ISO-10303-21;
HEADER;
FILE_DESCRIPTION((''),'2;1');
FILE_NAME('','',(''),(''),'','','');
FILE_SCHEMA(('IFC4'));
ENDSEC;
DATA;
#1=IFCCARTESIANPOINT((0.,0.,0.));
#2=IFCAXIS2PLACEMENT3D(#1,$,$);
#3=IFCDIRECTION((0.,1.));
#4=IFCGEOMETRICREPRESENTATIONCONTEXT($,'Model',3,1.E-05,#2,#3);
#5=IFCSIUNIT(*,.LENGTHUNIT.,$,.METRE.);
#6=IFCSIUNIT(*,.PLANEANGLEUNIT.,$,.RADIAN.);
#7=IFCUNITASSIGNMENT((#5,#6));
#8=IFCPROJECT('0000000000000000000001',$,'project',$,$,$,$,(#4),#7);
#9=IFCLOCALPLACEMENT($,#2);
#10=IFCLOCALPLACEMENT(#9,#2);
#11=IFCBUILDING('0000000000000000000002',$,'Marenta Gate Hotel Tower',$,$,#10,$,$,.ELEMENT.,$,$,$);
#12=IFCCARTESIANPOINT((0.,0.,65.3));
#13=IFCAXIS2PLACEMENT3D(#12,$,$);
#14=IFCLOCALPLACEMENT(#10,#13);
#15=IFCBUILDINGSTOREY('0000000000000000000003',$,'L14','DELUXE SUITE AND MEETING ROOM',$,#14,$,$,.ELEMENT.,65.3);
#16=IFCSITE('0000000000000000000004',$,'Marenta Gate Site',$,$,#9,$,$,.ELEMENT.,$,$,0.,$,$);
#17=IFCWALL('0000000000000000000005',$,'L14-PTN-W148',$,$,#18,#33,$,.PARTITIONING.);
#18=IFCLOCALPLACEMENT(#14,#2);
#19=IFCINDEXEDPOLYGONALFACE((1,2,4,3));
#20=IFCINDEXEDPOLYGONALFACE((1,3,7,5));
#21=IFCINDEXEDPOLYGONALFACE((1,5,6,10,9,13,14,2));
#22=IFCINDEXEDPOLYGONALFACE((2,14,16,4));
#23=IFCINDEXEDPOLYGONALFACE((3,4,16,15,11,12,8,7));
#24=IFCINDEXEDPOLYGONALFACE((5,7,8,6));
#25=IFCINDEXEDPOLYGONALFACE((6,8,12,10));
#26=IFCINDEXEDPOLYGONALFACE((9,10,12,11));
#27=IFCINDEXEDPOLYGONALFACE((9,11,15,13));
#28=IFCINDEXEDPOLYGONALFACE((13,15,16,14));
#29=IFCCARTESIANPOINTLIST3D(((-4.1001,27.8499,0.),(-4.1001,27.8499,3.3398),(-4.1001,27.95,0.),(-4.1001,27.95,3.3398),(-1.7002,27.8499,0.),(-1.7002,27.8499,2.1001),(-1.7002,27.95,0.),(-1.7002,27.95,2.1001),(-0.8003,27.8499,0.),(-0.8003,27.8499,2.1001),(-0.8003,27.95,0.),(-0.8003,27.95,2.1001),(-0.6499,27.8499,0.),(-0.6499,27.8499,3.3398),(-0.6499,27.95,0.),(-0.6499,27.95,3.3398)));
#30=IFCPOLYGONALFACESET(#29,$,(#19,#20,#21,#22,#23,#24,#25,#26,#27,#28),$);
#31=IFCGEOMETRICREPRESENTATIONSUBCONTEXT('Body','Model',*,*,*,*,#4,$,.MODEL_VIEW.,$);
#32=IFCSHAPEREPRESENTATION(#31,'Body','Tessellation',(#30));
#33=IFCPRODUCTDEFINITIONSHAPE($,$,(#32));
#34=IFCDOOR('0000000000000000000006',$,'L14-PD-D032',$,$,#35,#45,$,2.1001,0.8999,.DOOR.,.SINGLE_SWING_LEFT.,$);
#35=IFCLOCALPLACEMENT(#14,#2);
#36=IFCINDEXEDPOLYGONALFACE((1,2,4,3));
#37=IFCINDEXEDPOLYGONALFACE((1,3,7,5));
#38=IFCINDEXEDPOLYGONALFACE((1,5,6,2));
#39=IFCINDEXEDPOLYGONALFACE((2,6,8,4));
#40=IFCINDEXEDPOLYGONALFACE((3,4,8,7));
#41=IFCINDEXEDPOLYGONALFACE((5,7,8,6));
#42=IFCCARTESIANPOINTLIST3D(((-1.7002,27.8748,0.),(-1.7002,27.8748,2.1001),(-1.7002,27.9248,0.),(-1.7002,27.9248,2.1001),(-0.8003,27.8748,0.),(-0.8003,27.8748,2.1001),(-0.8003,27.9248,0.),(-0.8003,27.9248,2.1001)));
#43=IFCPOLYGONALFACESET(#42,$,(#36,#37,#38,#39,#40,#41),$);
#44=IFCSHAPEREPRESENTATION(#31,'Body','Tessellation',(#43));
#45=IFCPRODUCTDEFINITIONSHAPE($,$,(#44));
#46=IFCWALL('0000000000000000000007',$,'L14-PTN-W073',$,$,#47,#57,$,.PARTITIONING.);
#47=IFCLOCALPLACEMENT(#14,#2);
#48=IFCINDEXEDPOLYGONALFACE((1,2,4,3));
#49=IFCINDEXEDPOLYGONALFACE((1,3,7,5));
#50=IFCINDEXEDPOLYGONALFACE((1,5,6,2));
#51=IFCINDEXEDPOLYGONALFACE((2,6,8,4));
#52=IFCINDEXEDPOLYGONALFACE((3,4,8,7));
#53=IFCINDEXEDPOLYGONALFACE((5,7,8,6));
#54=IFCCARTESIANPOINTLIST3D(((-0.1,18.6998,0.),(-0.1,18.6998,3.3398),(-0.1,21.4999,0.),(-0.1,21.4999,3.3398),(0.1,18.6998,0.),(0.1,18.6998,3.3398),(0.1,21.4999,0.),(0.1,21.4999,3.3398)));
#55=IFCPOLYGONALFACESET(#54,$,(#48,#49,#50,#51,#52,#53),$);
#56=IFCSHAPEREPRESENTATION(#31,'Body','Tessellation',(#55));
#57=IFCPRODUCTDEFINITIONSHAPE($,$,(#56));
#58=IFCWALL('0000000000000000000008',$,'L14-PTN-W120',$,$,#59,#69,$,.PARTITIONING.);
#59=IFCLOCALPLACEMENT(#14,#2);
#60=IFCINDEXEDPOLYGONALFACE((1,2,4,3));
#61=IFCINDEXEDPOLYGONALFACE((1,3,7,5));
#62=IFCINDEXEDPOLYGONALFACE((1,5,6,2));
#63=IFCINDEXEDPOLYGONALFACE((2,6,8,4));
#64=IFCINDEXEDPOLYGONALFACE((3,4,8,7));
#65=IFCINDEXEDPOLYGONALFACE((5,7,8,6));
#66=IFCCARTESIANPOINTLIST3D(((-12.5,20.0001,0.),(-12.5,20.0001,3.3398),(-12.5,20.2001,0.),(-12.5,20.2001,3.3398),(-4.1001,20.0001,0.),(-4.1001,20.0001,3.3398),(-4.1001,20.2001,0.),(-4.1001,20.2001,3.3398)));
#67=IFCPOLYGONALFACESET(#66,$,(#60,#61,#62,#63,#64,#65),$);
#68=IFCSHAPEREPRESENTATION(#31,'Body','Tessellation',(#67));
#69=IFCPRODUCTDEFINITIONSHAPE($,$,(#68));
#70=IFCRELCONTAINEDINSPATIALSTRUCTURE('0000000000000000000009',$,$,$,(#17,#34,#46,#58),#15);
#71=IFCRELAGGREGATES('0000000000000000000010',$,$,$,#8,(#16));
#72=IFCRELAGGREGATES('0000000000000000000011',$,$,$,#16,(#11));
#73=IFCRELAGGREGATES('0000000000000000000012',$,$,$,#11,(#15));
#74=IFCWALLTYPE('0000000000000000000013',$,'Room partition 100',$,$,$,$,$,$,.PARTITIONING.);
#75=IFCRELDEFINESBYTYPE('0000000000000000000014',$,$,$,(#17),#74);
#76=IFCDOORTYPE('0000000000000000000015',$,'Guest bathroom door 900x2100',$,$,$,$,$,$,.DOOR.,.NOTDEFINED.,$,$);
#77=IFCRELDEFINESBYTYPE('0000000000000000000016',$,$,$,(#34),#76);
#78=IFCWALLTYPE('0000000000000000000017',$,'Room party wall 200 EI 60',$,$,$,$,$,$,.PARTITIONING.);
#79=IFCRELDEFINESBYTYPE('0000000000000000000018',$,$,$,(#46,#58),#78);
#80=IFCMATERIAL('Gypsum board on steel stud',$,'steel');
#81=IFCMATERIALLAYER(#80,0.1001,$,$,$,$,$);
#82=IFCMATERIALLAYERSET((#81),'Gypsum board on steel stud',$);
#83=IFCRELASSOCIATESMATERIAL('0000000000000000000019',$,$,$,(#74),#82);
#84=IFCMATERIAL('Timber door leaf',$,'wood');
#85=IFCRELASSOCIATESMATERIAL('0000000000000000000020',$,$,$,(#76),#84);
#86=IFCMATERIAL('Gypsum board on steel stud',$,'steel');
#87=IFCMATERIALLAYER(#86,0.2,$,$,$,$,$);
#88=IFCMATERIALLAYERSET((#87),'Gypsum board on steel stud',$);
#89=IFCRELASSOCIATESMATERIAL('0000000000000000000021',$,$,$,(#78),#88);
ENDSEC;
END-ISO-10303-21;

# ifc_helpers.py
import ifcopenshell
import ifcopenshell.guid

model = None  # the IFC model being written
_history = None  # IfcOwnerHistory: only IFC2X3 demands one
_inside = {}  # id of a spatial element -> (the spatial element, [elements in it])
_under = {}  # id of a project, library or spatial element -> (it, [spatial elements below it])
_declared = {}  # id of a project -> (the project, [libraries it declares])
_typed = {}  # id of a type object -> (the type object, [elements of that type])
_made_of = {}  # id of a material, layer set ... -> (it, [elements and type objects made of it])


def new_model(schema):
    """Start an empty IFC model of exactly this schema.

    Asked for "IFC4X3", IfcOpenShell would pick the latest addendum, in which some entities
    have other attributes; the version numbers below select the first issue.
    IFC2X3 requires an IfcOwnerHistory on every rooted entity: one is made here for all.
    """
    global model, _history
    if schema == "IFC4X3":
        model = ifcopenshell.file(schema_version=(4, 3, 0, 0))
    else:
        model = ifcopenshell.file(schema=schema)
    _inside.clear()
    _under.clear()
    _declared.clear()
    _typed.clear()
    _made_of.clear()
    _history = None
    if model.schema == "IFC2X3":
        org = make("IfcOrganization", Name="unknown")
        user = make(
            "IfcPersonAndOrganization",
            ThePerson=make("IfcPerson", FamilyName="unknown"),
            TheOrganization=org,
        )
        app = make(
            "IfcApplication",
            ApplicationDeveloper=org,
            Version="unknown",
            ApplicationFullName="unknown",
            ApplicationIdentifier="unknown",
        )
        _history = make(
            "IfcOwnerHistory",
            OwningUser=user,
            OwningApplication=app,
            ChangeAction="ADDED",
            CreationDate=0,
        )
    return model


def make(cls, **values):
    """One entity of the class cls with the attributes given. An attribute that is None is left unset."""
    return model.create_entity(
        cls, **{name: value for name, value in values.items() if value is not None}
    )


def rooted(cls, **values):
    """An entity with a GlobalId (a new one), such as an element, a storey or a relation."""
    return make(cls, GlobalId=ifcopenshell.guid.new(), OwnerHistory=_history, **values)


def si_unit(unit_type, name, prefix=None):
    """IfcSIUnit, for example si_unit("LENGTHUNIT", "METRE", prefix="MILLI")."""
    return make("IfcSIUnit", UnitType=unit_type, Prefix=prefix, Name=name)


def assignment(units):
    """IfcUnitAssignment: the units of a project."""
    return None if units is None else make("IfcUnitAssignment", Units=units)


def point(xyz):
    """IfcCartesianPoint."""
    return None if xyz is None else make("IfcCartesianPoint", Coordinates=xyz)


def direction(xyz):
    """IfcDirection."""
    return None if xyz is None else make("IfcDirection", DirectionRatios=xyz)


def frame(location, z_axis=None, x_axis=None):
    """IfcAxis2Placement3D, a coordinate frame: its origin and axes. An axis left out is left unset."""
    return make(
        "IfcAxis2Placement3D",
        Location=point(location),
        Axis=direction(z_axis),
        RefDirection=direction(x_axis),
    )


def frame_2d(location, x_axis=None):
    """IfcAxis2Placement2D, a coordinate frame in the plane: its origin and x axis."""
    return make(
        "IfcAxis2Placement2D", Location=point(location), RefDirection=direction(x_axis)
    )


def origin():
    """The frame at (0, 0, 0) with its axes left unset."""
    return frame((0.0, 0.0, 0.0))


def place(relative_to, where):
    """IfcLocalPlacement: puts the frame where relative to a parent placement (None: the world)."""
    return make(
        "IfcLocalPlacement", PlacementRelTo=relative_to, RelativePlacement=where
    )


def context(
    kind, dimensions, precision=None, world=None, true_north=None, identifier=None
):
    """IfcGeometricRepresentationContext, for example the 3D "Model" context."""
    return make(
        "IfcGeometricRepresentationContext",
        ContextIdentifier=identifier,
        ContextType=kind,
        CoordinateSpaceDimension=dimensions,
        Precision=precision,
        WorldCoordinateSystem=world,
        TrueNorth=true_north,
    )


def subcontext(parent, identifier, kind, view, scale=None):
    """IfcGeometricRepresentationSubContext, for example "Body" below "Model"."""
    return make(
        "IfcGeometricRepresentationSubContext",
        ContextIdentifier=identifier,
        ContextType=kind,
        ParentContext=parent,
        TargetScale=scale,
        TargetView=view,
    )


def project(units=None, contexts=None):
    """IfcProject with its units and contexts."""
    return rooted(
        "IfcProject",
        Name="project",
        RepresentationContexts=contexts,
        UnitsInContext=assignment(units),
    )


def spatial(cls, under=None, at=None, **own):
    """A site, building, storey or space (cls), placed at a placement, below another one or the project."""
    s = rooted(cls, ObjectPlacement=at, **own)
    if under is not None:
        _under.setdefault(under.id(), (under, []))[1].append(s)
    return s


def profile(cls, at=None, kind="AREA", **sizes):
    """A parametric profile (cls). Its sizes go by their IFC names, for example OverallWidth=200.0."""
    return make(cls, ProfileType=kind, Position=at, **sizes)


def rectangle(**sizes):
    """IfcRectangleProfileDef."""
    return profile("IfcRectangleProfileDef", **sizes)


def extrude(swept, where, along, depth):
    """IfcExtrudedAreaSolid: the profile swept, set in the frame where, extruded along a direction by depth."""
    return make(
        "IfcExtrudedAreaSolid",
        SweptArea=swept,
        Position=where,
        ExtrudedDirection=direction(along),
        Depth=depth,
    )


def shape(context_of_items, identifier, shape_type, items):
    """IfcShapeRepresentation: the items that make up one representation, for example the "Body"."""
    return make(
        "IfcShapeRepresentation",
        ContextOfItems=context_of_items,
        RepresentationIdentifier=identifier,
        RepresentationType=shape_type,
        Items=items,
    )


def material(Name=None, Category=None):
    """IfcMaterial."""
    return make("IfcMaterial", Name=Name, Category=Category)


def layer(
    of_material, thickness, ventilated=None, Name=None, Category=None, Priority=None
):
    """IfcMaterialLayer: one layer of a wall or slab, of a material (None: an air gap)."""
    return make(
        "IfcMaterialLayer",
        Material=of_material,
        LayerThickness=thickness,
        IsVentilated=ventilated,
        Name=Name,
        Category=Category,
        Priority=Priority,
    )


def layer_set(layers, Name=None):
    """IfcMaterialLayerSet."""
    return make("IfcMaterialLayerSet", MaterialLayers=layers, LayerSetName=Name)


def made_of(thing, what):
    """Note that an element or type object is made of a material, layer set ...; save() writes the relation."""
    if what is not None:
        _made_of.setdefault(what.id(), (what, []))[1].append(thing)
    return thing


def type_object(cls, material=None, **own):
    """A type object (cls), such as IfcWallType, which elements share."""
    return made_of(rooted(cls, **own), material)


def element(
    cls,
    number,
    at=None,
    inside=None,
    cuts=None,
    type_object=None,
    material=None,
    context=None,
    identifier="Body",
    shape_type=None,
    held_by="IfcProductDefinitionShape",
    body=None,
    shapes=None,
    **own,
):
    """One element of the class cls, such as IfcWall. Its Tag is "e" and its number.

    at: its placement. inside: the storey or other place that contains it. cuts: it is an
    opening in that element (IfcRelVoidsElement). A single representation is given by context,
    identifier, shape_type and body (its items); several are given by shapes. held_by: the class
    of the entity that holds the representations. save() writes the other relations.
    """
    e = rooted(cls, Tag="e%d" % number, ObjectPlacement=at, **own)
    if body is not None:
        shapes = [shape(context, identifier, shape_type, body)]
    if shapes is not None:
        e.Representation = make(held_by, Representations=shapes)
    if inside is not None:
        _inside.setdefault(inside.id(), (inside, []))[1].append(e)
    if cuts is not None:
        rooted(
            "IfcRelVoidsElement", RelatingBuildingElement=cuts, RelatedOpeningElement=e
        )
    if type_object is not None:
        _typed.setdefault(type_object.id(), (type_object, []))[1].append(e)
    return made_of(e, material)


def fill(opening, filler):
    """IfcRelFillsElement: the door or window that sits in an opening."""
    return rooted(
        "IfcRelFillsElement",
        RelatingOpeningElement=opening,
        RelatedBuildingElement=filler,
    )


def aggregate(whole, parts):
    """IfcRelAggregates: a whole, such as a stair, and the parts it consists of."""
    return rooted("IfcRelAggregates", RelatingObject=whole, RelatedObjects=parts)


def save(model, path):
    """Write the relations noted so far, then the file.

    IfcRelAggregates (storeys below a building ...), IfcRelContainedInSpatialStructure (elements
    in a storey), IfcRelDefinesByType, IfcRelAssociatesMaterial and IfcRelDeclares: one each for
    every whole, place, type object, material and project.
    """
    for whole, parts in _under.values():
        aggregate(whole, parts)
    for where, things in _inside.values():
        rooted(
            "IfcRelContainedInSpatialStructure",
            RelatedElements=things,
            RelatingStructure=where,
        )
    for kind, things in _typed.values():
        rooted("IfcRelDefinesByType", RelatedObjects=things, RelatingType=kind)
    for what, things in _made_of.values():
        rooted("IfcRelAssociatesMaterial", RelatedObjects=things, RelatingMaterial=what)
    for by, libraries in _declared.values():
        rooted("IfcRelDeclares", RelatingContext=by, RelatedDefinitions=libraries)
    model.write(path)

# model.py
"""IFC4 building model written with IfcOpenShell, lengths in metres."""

from ifc_helpers import new_model, si_unit, direction, frame, frame_2d, origin, place, context, subcontext, project, spatial, rectangle, extrude, material, layer, layer_set, type_object, element, fill, save


model = new_model("IFC4")

# Units and contexts
model_context = context("Model", 3, precision=1e-05, world=origin(), true_north=direction((0.0, 1.0)))
body_context = subcontext(model_context, "Body", "Model", "MODEL_VIEW")
ifc_project = project(units=[si_unit("LENGTHUNIT", "METRE"), si_unit("PLANEANGLEUNIT", "RADIAN")], contexts=[model_context])

# Site, building, storey
site_placement = place(None, origin())
site = spatial("IfcSite", under=ifc_project, at=site_placement, Name="Marenta Gate Site", CompositionType="ELEMENT", RefElevation=0.0)
building_placement = place(site_placement, origin())
building = spatial("IfcBuilding", under=site, at=building_placement, Name="Marenta Gate Hotel Tower", CompositionType="ELEMENT")
storey_placement = place(building_placement, frame((0.0, 0.0, 65.3)))
storey = spatial("IfcBuildingStorey", under=building, at=storey_placement, Name="L14", Description="DELUXE SUITE AND MEETING ROOM", CompositionType="ELEMENT", Elevation=65.3)

# Shared definitions
ifc_material_1 = material(Name="Gypsum board on steel stud", Category="steel")
ifc_layer_1 = layer(ifc_material_1, 0.1001)
ifc_layer_set_1 = layer_set([ifc_layer_1], Name="Gypsum board on steel stud")
wall_type_1 = type_object("IfcWallType", Name="Room partition 100", PredefinedType="PARTITIONING", material=ifc_layer_set_1)

# Shared definitions
ifc_material_2 = material(Name="Timber door leaf", Category="wood")
door_type_1 = type_object("IfcDoorType", Name="Guest bathroom door 900x2100", OperationType="NOTDEFINED", PredefinedType="DOOR", material=ifc_material_2)

# Wall, opening, door
wall_1_placement = place(storey_placement, frame((-4.1001, 27.8999, 0.0), z_axis=(0.0, 0.0, 1.0), x_axis=(1.0, 0.0, 0.0)))
wall_1 = element("IfcWall", 1, at=wall_1_placement, inside=storey, type_object=wall_type_1, Name="L14-PTN-W148", PredefinedType="PARTITIONING", context=body_context, shape_type="SweptSolid", body=[
    extrude(rectangle(XDim=3.4502, YDim=0.1001, at=frame_2d((1.7251, 0.0))), origin(), (0.0, 0.0, 1.0), 3.3398),
])
opening_1_placement = place(wall_1_placement, frame((2.3999, 0.0, 0.0)))
opening_1 = element("IfcOpeningElement", 2, at=opening_1_placement, cuts=wall_1, PredefinedType="OPENING", context=body_context, shape_type="SweptSolid", body=[
    extrude(rectangle(XDim=0.8999, YDim=2.1001, at=frame_2d((0.45, 1.05))), frame((0.0, 0.05, 0.0), z_axis=(0.0, -1.0, 0.0), x_axis=(1.0, 0.0, 0.0)), (0.0, 0.0, 1.0), 0.1001),
])
door_1_placement = place(opening_1_placement, origin())
door_1 = element("IfcDoor", 3, at=door_1_placement, inside=storey, type_object=door_type_1, Name="L14-PD-D032", OperationType="SINGLE_SWING_LEFT", OverallHeight=2.1001, OverallWidth=0.8999, PredefinedType="DOOR", context=body_context, shape_type="SweptSolid", body=[
    extrude(rectangle(XDim=0.8999, YDim=2.1001, at=frame_2d((0.45, 1.05))), frame((0.0, 0.0249, 0.0), z_axis=(0.0, -1.0, 0.0), x_axis=(1.0, 0.0, 0.0)), (0.0, 0.0, 1.0), 0.05),
])
fill(opening_1, door_1)

# Walls
ifc_material_3 = material(Name="Gypsum board on steel stud", Category="steel")
ifc_layer_2 = layer(ifc_material_3, 0.2)
ifc_layer_set_2 = layer_set([ifc_layer_2], Name="Gypsum board on steel stud")
wall_type_2 = type_object("IfcWallType", Name="Room party wall 200 EI 60", PredefinedType="PARTITIONING", material=ifc_layer_set_2)
wall_2_placement = place(storey_placement, frame((0.0, 18.7, 0.0), z_axis=(0.0, 0.0, 1.0), x_axis=(0.0, 1.0, 0.0)))
element("IfcWall", 4, at=wall_2_placement, inside=storey, type_object=wall_type_2, Name="L14-PTN-W073", PredefinedType="PARTITIONING", context=body_context, shape_type="SweptSolid", body=[
    extrude(rectangle(XDim=2.8, YDim=0.2, at=frame_2d((1.3999, 0.0))), origin(), (0.0, 0.0, 1.0), 3.3398),
])
wall_3_placement = place(storey_placement, frame((-12.5, 20.1001, 0.0), z_axis=(0.0, 0.0, 1.0), x_axis=(1.0, 0.0, 0.0)))
element("IfcWall", 5, at=wall_3_placement, inside=storey, type_object=wall_type_2, Name="L14-PTN-W120", PredefinedType="PARTITIONING", context=body_context, shape_type="SweptSolid", body=[
    extrude(rectangle(XDim=8.3999, YDim=0.2, at=frame_2d((4.2, 0.0))), origin(), (0.0, 0.0, 1.0), 3.3398),
])

save(model, "model.ifc")
